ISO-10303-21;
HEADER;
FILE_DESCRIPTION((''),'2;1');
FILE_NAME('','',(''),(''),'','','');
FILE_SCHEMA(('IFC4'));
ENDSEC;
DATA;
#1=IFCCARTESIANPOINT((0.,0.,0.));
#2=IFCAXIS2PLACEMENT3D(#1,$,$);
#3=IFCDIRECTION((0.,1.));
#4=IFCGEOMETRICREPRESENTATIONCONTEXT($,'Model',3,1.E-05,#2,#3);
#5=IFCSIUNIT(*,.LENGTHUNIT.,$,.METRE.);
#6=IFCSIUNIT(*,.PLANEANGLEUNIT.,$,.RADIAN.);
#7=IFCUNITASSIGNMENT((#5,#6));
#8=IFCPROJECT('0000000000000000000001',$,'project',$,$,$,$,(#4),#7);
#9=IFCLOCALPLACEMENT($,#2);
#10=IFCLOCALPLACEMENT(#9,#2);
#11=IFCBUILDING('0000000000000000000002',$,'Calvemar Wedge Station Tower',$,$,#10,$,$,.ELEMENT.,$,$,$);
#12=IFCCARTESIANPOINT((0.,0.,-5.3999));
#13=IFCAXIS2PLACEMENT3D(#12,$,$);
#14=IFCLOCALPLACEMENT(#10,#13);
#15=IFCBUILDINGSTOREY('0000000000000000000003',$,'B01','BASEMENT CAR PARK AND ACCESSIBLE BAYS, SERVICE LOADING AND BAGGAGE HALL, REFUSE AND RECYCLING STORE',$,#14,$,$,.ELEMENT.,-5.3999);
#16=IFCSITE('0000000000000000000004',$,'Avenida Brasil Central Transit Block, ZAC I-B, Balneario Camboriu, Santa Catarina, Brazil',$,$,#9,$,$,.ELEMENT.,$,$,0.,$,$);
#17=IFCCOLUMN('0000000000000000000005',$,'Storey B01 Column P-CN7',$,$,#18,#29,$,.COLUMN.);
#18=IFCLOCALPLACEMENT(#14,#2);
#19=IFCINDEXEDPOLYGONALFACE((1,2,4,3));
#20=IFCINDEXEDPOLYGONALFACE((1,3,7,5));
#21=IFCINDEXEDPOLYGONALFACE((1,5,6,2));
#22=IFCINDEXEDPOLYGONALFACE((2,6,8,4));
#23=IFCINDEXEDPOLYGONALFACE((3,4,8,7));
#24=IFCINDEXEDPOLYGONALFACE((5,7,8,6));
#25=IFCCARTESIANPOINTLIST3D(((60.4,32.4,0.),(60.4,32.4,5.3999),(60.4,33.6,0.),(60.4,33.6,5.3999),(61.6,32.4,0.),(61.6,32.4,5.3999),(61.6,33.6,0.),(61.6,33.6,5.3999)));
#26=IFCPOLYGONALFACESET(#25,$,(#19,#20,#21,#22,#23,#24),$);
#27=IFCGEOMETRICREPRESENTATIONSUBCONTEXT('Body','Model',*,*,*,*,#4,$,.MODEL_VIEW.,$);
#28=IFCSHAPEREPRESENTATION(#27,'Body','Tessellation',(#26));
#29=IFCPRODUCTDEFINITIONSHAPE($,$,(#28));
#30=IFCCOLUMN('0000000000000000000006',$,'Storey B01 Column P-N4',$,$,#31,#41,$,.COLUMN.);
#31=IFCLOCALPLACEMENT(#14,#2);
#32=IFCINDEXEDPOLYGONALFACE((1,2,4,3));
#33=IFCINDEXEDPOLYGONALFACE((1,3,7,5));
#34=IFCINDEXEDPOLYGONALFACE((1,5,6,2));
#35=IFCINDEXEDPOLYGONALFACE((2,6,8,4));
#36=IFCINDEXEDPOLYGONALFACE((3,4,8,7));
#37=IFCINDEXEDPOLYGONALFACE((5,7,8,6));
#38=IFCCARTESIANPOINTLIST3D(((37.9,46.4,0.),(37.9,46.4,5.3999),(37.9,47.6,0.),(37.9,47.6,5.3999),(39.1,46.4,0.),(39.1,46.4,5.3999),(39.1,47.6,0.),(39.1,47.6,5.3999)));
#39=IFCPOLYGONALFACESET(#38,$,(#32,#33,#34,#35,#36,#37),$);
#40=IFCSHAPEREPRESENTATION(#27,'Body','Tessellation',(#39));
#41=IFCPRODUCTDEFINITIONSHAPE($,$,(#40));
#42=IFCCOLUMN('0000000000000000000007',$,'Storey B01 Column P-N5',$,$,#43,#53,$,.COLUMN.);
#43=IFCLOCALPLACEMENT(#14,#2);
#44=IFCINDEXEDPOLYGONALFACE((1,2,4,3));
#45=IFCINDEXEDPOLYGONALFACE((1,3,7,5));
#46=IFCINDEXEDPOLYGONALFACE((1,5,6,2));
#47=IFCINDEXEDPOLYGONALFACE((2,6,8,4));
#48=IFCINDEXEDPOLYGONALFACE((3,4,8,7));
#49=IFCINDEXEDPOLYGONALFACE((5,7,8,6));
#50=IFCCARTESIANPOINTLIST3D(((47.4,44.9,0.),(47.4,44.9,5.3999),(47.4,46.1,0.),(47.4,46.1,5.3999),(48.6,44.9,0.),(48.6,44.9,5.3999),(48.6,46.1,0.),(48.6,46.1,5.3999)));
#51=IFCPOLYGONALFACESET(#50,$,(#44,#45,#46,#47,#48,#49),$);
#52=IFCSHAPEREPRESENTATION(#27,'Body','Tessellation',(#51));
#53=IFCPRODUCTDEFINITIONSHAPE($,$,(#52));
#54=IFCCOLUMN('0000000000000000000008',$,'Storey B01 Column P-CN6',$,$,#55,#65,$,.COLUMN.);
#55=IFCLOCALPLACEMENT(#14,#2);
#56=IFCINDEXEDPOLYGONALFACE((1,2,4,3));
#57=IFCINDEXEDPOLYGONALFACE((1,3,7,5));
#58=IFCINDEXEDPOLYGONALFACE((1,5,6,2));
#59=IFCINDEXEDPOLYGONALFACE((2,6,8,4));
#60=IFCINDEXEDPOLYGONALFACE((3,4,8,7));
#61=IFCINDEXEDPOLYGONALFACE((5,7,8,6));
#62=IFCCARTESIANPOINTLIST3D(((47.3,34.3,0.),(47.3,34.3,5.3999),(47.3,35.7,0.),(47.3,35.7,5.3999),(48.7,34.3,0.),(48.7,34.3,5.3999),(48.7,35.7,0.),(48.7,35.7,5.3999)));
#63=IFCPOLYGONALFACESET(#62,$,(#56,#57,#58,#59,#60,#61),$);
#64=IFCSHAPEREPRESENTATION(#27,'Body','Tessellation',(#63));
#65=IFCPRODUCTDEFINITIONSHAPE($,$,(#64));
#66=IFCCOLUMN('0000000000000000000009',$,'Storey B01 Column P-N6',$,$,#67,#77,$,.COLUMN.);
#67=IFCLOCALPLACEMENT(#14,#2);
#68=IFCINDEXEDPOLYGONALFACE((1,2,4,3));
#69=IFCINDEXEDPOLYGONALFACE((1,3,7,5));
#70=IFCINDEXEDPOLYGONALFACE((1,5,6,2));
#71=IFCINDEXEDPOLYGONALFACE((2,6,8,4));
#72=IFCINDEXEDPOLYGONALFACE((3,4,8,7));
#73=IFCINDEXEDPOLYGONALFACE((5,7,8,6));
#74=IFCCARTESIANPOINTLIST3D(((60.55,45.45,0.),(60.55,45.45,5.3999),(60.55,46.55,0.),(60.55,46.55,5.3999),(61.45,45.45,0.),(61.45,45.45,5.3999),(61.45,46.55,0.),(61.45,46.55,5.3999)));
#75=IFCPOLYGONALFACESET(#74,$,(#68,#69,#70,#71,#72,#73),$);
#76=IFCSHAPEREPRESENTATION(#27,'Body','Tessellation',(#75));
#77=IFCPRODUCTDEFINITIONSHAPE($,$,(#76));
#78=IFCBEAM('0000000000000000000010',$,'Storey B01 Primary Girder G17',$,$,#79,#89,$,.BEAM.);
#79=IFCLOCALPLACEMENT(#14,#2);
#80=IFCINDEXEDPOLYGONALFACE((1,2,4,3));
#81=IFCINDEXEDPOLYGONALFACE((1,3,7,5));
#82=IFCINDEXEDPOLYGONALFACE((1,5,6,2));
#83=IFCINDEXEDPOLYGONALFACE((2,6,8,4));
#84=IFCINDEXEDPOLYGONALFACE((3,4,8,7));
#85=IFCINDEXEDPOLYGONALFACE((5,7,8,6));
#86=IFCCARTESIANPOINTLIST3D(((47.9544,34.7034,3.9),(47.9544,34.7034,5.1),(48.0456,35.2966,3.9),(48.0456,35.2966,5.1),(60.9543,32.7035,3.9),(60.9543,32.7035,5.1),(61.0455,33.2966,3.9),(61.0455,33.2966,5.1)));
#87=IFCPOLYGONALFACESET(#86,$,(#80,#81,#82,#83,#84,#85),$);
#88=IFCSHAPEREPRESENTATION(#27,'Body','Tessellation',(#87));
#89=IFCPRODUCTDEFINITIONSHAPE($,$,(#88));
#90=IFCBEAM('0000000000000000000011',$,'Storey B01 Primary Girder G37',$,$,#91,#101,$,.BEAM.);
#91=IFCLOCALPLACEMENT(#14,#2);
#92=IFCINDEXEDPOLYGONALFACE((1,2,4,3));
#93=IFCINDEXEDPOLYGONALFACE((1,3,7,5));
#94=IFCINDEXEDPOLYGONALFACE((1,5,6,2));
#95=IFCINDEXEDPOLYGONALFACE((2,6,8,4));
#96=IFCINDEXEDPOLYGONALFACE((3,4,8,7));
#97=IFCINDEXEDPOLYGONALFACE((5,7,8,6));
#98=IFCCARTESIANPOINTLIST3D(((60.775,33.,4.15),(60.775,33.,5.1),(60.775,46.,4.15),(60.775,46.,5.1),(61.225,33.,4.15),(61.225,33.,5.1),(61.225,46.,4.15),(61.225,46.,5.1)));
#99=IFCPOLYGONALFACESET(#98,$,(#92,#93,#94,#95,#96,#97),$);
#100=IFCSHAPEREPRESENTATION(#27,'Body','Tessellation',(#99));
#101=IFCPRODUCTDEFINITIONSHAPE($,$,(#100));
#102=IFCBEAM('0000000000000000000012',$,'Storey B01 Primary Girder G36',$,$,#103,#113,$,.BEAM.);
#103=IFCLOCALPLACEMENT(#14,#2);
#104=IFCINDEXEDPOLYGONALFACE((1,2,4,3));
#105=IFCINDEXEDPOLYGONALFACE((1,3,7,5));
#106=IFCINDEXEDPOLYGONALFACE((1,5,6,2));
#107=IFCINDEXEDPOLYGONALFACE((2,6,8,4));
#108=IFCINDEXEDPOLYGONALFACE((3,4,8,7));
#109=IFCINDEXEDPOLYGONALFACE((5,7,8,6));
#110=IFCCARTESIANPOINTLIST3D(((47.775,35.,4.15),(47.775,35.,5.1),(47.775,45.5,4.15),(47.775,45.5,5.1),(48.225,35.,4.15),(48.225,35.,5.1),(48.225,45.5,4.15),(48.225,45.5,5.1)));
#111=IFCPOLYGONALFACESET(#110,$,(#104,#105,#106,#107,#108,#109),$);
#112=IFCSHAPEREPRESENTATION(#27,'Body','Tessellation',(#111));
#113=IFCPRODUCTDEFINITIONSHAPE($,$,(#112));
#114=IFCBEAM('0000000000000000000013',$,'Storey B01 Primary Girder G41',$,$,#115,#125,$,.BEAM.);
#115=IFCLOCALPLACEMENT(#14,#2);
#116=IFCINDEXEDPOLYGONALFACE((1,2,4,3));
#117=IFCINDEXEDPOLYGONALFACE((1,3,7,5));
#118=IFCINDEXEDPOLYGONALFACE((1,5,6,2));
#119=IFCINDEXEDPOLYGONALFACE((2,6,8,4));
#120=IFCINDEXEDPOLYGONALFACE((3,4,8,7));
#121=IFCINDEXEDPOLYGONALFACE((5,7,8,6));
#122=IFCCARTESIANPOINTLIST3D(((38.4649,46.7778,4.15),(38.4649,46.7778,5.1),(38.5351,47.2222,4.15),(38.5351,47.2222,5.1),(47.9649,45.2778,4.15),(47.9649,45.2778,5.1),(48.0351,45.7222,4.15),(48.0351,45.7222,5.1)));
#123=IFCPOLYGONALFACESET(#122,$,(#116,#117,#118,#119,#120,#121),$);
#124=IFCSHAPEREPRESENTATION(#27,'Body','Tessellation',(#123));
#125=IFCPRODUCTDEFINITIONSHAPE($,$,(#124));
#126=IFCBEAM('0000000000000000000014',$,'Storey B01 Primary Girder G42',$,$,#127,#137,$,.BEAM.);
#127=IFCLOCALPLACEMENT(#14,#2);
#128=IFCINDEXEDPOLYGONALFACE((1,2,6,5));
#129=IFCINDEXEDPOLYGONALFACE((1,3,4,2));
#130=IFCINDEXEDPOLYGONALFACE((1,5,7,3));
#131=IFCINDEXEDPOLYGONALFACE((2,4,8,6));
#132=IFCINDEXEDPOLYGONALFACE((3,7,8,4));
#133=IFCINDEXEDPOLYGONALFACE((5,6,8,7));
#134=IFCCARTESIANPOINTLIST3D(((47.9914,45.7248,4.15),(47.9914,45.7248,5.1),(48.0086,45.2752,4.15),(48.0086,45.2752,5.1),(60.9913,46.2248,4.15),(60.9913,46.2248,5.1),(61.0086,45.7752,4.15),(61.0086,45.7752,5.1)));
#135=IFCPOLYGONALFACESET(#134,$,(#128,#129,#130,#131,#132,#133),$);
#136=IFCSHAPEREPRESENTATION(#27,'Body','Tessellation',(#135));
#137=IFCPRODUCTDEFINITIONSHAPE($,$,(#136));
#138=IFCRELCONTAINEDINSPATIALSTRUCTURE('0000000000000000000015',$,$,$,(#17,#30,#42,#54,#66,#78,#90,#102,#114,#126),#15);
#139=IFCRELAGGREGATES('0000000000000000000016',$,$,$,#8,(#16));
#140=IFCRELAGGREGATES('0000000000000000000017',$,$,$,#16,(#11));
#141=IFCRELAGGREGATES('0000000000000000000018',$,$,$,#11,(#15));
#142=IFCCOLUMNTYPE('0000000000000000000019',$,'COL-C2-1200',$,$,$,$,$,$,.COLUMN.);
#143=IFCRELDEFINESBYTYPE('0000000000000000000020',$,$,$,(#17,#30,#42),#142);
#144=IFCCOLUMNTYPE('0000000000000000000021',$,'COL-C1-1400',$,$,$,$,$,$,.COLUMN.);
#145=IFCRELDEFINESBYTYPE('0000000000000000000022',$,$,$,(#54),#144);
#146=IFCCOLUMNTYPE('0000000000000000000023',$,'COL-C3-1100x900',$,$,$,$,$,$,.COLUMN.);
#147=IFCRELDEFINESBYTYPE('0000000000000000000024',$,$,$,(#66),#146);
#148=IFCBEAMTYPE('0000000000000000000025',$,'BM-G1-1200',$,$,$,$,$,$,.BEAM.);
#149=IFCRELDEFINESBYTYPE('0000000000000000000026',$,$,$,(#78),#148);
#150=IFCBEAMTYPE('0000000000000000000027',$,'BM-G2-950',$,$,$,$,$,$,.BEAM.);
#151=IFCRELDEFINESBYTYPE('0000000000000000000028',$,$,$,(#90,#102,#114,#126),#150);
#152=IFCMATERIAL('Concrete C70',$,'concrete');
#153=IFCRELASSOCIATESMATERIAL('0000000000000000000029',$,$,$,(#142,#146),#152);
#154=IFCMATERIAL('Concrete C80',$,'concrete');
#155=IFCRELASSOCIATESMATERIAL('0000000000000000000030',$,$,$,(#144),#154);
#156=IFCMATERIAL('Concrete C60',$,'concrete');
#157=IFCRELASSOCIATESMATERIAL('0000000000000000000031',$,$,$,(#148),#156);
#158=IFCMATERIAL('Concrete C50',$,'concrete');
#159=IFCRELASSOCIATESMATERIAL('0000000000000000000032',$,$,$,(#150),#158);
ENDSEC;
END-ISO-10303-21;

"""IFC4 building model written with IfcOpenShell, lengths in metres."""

from ifc_helpers import new_model, si_unit, direction, frame, origin, origin_2d, place, context, subcontext, project, spatial, rectangle, extrude, source, transform, mapped, material, material_profile, profile_set, type_object, element, save


model = new_model("IFC4")

# Units and contexts
model_context = context("Model", 3, precision=1e-05, world=origin(), true_north=direction((0.0, 1.0)))
body_context = subcontext(model_context, "Body", "Model", "MODEL_VIEW")
ifc_project = project(units=[si_unit("LENGTHUNIT", "METRE"), si_unit("PLANEANGLEUNIT", "RADIAN")], contexts=[model_context])

# Site, building, storey
site_placement = place(None, origin())
site = spatial("IfcSite", under=ifc_project, at=site_placement, Name="Avenida Brasil Central Transit Block, ZAC I-B, Balneario Camboriu, Santa Catarina, Brazil", CompositionType="ELEMENT", RefElevation=0.0)
building_placement = place(site_placement, origin())
building = spatial("IfcBuilding", under=site, at=building_placement, Name="Calvemar Wedge Station Tower", CompositionType="ELEMENT")
storey_placement = place(building_placement, frame((0.0, 0.0, -5.3999)))
storey = spatial("IfcBuildingStorey", under=building, at=storey_placement, Name="B01", Description="BASEMENT CAR PARK AND ACCESSIBLE BAYS, SERVICE LOADING AND BAGGAGE HALL, REFUSE AND RECYCLING STORE", CompositionType="ELEMENT", Elevation=-5.3999)

# Columns
ifc_material_1 = material(Name="Concrete C70", Category="concrete")
ifc_material_profile_1 = material_profile(ifc_material_1, rectangle(XDim=1.2, YDim=1.2, at=origin_2d()), Name="RC1200x1200")
ifc_profile_set_1 = profile_set([ifc_material_profile_1], Name="Concrete C70")
column_type_1 = type_object("IfcColumnType", Name="COL-C2-1200", PredefinedType="COLUMN", material=ifc_profile_set_1)
shared_shape_1 = source(origin(), body_context, "Body", "SweptSolid", [
    extrude(rectangle(XDim=1.2, YDim=1.2, at=origin_2d()), origin(), (0.0, 0.0, 1.0), 5.3999),
])
for number, where, z_axis, x_axis, name in (
    (1, (61.0, 33.0, 0.0), (0.0, 0.0, 1.0), (1.0, 0.0, 0.0), "Storey B01 Column P-CN7"),
    (2, (38.5, 47.0, 0.0), (0.0, 0.0, 1.0), (1.0, 0.0, 0.0), "Storey B01 Column P-N4"),
    (3, (48.0, 45.5, 0.0), (0.0, 0.0, 1.0), (1.0, 0.0, 0.0), "Storey B01 Column P-N5"),
):
    element("IfcColumn", number, at=place(storey_placement, frame(where, z_axis=z_axis, x_axis=x_axis)), inside=storey, type_object=column_type_1, Name=name, PredefinedType="COLUMN", context=body_context, shape_type="MappedRepresentation", body=[
        mapped(shared_shape_1, transform((0.0, 0.0, 0.0), scale=1.0)),
    ])
ifc_material_2 = material(Name="Concrete C80", Category="concrete")
ifc_material_profile_2 = material_profile(ifc_material_2, rectangle(XDim=1.3999, YDim=1.3999, at=origin_2d()), Name="RC1400x1400")
ifc_profile_set_2 = profile_set([ifc_material_profile_2], Name="Concrete C80")
column_type_2 = type_object("IfcColumnType", Name="COL-C1-1400", PredefinedType="COLUMN", material=ifc_profile_set_2)
shared_shape_2 = source(origin(), body_context, "Body", "SweptSolid", [
    extrude(rectangle(XDim=1.3999, YDim=1.3999, at=origin_2d()), origin(), (0.0, 0.0, 1.0), 5.3999),
])
column_1_placement = place(storey_placement, frame((48.0, 35.0, 0.0), z_axis=(0.0, 0.0, 1.0), x_axis=(1.0, 0.0, 0.0)))
element("IfcColumn", 4, at=column_1_placement, inside=storey, type_object=column_type_2, Name="Storey B01 Column P-CN6", PredefinedType="COLUMN", context=body_context, shape_type="MappedRepresentation", body=[
    mapped(shared_shape_2, transform((0.0, 0.0, 0.0), scale=1.0)),
])
ifc_material_profile_3 = material_profile(ifc_material_1, rectangle(XDim=0.8999, YDim=1.1001, at=origin_2d()), Name="RC1100x900")
ifc_profile_set_3 = profile_set([ifc_material_profile_3], Name="Concrete C70")
column_type_3 = type_object("IfcColumnType", Name="COL-C3-1100x900", PredefinedType="COLUMN", material=ifc_profile_set_3)
shared_shape_3 = source(origin(), body_context, "Body", "SweptSolid", [
    extrude(rectangle(XDim=0.8999, YDim=1.1001, at=origin_2d()), origin(), (0.0, 0.0, 1.0), 5.3999),
])
column_2_placement = place(storey_placement, frame((61.0, 46.0, 0.0), z_axis=(0.0, 0.0, 1.0), x_axis=(1.0, 0.0, 0.0)))
element("IfcColumn", 5, at=column_2_placement, inside=storey, type_object=column_type_3, Name="Storey B01 Column P-N6", PredefinedType="COLUMN", context=body_context, shape_type="MappedRepresentation", body=[
    mapped(shared_shape_3, transform((0.0, 0.0, 0.0), scale=1.0)),
])

# Beams
ifc_material_3 = material(Name="Concrete C60", Category="concrete")
ifc_material_profile_4 = material_profile(ifc_material_3, rectangle(XDim=0.6001, YDim=1.2, at=origin_2d()), Name="RC600x1200")
ifc_profile_set_4 = profile_set([ifc_material_profile_4], Name="Concrete C60")
beam_type_1 = type_object("IfcBeamType", Name="BM-G1-1200", PredefinedType="BEAM", material=ifc_profile_set_4)
shared_shape_4 = source(origin(), body_context, "Body", "SweptSolid", [
    extrude(rectangle(XDim=0.6001, YDim=1.2, at=origin_2d()), origin(), (0.0, 0.0, 1.0), 13.1528),
])
beam_1_placement = place(storey_placement, frame((48.0, 35.0, 4.5), z_axis=(0.988372, -0.152057, 0.0), x_axis=(0.152057, 0.988372, 0.0)))
element("IfcBeam", 6, at=beam_1_placement, inside=storey, type_object=beam_type_1, Name="Storey B01 Primary Girder G17", PredefinedType="BEAM", context=body_context, shape_type="MappedRepresentation", body=[
    mapped(shared_shape_4, transform((0.0, 0.0, 0.0), scale=1.0)),
])
ifc_material_4 = material(Name="Concrete C50", Category="concrete")
ifc_material_profile_5 = material_profile(ifc_material_4, rectangle(XDim=0.45, YDim=0.95, at=origin_2d()), Name="RC450x950")
ifc_profile_set_5 = profile_set([ifc_material_profile_5], Name="Concrete C50")
beam_type_2 = type_object("IfcBeamType", Name="BM-G2-950", PredefinedType="BEAM", material=ifc_profile_set_5)
shared_shape_5 = source(origin(), body_context, "Body", "SweptSolid", [
    extrude(rectangle(XDim=0.45, YDim=0.95, at=origin_2d()), origin(), (0.0, 0.0, 1.0), 13.0),
])
beam_2_placement = place(storey_placement, frame((61.0, 33.0, 4.625), z_axis=(0.0, 1.0, 0.0), x_axis=(-1.0, 0.0, 0.0)))
element("IfcBeam", 7, at=beam_2_placement, inside=storey, type_object=beam_type_2, Name="Storey B01 Primary Girder G37", PredefinedType="BEAM", context=body_context, shape_type="MappedRepresentation", body=[
    mapped(shared_shape_5, transform((0.0, 0.0, 0.0), scale=1.0)),
])
shared_shape_6 = source(origin(), body_context, "Body", "SweptSolid", [
    extrude(rectangle(XDim=0.45, YDim=0.95, at=origin_2d()), origin(), (0.0, 0.0, 1.0), 10.5),
])
beam_3_placement = place(storey_placement, frame((48.0, 35.0, 4.625), z_axis=(0.0, 1.0, 0.0), x_axis=(-1.0, 0.0, 0.0)))
element("IfcBeam", 8, at=beam_3_placement, inside=storey, type_object=beam_type_2, Name="Storey B01 Primary Girder G36", PredefinedType="BEAM", context=body_context, shape_type="MappedRepresentation", body=[
    mapped(shared_shape_6, transform((0.0, 0.0, 0.0), scale=1.0)),
])
shared_shape_7 = source(origin(), body_context, "Body", "SweptSolid", [
    extrude(rectangle(XDim=0.45, YDim=0.95, at=origin_2d()), origin(), (0.0, 0.0, 1.0), 9.6177),
])
beam_4_placement = place(storey_placement, frame((38.5, 47.0, 4.625), z_axis=(0.987763, -0.155963, 0.0), x_axis=(0.155963, 0.987763, 0.0)))
element("IfcBeam", 9, at=beam_4_placement, inside=storey, type_object=beam_type_2, Name="Storey B01 Primary Girder G41", PredefinedType="BEAM", context=body_context, shape_type="MappedRepresentation", body=[
    mapped(shared_shape_7, transform((0.0, 0.0, 0.0), scale=1.0)),
])
shared_shape_8 = source(origin(), body_context, "Body", "SweptSolid", [
    extrude(rectangle(XDim=0.45, YDim=0.95, at=origin_2d()), origin(), (0.0, 0.0, 1.0), 13.0095),
])
beam_5_placement = place(storey_placement, frame((48.0, 45.5, 4.625), z_axis=(0.999261, 0.038433, 0.0), x_axis=(-0.038433, 0.999261, 0.0)))
element("IfcBeam", 10, at=beam_5_placement, inside=storey, type_object=beam_type_2, Name="Storey B01 Primary Girder G42", PredefinedType="BEAM", context=body_context, shape_type="MappedRepresentation", body=[
    mapped(shared_shape_8, transform((0.0, 0.0, 0.0), scale=1.0)),
])

save(model, "model.ifc")
